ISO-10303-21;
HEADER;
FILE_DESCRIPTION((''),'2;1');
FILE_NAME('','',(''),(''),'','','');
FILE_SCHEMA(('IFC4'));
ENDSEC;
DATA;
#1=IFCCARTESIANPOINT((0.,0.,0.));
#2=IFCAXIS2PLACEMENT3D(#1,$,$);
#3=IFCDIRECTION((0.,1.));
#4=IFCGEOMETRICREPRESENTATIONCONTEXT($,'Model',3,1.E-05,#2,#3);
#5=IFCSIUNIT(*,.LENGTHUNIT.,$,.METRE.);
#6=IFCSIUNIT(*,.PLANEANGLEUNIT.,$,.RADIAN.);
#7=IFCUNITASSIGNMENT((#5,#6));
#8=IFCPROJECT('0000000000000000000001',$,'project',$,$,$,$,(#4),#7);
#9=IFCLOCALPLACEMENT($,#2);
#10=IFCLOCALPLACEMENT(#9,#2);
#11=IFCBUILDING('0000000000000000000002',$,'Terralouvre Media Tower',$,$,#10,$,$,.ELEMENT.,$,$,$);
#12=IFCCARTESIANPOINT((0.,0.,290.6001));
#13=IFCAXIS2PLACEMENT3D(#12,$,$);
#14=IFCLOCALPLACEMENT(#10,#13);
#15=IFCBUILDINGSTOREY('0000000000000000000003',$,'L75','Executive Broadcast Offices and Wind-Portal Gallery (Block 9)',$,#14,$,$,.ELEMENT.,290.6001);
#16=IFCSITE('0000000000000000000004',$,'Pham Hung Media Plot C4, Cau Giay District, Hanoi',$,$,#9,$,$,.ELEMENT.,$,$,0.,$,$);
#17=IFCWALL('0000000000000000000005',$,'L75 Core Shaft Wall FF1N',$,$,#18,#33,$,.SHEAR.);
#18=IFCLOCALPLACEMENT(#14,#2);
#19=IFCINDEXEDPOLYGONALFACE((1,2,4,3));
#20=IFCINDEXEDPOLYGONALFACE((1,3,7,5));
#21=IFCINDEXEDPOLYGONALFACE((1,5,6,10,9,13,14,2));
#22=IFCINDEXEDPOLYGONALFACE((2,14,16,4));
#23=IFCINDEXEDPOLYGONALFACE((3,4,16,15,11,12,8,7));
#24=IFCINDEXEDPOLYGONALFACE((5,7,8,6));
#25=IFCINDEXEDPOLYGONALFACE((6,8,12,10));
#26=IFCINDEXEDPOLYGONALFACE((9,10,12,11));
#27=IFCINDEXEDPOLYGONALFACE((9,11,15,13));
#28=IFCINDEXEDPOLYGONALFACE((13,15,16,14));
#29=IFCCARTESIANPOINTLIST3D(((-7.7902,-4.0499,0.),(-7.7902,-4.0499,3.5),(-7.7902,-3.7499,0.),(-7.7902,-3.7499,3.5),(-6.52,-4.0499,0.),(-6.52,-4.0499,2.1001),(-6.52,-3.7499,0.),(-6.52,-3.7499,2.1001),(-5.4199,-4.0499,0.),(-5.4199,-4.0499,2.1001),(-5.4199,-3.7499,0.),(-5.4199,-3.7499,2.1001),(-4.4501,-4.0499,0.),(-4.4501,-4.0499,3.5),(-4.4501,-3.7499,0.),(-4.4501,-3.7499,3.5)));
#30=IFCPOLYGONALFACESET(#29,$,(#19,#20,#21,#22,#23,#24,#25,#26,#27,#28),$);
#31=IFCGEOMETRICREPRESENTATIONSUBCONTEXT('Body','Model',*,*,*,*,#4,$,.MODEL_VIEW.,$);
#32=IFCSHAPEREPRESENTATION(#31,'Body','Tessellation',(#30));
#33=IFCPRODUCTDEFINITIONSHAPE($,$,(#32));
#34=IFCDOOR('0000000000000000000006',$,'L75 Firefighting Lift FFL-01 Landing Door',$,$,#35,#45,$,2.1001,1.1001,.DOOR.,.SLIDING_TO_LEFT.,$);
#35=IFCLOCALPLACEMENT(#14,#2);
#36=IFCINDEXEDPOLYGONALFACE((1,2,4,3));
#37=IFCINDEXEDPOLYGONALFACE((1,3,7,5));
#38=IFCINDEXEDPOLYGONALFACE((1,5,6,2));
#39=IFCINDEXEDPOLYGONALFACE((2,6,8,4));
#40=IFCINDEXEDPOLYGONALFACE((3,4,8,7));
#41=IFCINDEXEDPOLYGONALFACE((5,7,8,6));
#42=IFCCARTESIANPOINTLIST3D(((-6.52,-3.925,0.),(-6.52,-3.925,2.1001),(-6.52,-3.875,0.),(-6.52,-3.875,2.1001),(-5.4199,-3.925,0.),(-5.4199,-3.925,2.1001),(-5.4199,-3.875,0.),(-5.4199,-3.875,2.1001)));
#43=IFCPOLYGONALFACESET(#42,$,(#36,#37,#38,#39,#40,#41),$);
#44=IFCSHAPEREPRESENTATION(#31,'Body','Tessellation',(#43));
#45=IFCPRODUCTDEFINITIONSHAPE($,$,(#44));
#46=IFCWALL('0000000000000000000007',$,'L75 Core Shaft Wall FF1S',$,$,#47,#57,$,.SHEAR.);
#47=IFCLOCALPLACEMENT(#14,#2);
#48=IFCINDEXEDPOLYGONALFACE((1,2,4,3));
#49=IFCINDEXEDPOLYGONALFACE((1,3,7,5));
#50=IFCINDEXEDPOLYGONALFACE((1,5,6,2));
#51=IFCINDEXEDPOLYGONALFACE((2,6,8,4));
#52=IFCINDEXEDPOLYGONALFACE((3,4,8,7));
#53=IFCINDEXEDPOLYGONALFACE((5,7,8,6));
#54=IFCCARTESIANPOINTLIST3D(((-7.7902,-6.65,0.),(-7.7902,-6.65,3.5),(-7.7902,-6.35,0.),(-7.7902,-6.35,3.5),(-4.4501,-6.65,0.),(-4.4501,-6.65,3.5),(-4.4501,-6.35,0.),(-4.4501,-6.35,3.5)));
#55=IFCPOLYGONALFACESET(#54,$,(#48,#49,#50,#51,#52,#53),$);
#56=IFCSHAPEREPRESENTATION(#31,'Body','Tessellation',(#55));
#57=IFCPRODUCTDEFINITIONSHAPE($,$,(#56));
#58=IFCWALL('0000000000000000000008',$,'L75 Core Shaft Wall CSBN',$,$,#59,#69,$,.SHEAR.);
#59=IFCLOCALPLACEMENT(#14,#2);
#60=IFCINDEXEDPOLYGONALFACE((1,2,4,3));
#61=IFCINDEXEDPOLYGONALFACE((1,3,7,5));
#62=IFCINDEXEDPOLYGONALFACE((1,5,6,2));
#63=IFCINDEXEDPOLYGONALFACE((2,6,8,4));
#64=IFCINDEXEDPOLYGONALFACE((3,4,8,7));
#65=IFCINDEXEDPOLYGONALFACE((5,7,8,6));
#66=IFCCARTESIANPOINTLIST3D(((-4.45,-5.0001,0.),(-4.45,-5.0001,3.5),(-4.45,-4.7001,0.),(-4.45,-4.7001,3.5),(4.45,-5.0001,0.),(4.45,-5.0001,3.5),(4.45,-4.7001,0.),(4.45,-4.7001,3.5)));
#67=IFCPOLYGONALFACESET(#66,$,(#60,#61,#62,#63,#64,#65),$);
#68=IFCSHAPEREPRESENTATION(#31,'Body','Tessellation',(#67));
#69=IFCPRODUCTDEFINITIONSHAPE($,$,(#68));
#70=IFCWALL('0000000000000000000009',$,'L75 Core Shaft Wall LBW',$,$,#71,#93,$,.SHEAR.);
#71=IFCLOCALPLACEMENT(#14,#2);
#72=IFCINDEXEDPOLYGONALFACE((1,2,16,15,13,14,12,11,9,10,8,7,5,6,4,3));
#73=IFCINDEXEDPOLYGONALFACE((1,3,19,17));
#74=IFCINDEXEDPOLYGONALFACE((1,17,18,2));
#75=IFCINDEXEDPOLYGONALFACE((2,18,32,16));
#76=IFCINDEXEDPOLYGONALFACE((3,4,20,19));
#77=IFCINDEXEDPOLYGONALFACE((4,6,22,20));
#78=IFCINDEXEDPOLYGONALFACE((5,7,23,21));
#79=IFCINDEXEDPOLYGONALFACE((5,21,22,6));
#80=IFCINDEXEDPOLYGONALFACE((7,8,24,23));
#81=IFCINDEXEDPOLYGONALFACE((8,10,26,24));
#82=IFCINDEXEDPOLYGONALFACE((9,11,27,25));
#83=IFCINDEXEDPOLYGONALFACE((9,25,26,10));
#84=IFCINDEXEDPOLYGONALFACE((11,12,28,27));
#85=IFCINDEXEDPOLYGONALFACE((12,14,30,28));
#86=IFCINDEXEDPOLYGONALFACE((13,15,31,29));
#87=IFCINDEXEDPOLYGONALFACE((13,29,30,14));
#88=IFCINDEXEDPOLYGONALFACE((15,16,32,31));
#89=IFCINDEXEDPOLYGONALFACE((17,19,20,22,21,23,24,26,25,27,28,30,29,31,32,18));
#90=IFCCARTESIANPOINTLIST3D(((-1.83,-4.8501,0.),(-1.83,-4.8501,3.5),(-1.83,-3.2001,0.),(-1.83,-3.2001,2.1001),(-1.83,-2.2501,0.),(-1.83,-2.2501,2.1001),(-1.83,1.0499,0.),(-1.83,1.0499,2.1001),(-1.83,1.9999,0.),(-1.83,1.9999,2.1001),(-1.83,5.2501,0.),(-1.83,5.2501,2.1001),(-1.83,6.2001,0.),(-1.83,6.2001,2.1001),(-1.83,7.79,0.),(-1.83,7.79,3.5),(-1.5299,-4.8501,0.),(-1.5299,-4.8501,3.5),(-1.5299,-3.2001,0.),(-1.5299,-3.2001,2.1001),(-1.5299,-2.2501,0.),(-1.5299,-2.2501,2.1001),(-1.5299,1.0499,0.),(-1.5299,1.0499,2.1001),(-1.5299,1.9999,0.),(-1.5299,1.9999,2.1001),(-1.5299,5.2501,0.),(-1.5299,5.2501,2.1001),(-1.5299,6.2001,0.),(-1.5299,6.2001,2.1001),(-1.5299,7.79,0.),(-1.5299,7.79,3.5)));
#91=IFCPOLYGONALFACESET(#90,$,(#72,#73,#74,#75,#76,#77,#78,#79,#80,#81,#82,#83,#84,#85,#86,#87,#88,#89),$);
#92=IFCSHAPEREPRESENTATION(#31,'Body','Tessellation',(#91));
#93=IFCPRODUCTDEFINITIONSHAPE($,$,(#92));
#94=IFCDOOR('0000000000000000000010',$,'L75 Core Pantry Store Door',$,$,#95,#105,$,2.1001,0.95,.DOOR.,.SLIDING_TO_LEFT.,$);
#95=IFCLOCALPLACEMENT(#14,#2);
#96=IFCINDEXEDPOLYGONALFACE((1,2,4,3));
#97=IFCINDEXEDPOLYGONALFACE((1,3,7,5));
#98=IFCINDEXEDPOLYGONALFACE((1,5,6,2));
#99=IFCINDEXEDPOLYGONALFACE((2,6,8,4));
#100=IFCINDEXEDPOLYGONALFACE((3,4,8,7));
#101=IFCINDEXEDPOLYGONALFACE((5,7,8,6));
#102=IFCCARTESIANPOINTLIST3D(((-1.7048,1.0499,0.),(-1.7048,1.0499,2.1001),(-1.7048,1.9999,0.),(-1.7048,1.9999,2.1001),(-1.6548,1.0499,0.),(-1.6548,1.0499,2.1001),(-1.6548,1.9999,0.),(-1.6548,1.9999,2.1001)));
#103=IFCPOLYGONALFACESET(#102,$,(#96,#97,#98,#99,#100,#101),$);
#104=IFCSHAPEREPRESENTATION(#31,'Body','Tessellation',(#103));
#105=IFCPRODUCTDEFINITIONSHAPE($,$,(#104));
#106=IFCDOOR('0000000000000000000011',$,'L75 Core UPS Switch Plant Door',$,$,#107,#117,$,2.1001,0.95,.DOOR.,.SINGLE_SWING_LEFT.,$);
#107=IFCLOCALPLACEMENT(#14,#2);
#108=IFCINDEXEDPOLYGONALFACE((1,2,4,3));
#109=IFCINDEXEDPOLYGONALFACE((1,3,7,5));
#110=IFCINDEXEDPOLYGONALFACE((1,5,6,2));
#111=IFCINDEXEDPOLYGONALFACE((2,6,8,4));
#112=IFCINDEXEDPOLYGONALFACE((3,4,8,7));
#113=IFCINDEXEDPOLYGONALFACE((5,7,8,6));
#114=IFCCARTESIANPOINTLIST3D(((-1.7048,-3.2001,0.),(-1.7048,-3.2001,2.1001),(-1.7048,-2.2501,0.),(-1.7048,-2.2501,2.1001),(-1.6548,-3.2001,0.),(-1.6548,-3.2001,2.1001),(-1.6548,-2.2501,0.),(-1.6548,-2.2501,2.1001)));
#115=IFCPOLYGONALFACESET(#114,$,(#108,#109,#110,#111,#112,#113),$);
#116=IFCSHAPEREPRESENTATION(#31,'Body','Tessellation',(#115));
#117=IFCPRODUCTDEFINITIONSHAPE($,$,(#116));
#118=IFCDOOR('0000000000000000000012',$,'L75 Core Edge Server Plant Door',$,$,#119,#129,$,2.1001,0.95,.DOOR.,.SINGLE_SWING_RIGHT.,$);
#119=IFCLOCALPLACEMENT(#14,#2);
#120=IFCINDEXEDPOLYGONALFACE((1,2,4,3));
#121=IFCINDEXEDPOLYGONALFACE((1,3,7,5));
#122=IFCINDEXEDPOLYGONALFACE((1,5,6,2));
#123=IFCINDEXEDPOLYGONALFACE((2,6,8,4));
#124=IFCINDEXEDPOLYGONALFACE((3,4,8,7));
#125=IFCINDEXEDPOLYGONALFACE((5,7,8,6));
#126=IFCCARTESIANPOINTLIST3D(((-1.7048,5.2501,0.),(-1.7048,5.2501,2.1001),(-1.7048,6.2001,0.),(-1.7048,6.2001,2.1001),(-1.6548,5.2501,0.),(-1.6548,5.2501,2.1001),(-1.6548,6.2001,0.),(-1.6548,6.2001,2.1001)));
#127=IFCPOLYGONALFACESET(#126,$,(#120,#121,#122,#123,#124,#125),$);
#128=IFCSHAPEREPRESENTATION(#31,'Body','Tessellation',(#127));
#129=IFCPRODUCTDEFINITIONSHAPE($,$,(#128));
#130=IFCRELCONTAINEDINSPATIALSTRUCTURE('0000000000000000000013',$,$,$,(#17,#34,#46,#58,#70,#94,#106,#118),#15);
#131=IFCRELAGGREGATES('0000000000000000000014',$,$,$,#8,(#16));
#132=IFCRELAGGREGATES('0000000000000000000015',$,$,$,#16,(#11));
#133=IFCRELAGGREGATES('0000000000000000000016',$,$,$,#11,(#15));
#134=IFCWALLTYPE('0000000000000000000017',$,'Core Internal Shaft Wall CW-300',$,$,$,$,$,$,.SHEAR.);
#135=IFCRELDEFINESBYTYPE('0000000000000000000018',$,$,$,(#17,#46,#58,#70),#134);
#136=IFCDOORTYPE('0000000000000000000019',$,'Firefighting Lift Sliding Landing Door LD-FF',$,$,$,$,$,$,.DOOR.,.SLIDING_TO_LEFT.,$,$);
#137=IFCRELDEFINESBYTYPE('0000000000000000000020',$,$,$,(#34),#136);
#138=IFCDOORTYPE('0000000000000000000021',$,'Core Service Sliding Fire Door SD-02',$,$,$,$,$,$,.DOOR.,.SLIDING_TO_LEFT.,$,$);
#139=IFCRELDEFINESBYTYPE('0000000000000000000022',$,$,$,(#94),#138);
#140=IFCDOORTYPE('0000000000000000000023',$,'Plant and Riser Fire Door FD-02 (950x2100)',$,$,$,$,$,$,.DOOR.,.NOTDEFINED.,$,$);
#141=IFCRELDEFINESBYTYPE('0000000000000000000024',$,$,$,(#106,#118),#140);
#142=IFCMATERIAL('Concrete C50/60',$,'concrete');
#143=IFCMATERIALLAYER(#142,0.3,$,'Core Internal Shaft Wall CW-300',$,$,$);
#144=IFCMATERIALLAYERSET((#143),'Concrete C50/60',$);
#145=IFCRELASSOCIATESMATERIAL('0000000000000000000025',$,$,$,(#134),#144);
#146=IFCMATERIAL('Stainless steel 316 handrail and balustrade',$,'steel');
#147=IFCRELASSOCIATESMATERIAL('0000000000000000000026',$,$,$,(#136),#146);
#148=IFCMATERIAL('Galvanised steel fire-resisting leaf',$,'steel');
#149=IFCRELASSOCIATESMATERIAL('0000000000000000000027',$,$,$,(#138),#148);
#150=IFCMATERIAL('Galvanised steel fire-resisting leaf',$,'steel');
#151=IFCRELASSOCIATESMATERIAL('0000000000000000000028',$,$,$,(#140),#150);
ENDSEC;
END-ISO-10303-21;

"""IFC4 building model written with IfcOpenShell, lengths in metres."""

from ifc_helpers import new_model, si_unit, direction, frame, frame_2d, origin, place, context, subcontext, project, spatial, rectangle, extrude, material, layer, layer_set, type_object, element, fill, save


model = new_model("IFC4")

# Units and contexts
model_context = context("Model", 3, precision=1e-05, world=origin(), true_north=direction((0.0, 1.0)))
body_context = subcontext(model_context, "Body", "Model", "MODEL_VIEW")
ifc_project = project(units=[si_unit("LENGTHUNIT", "METRE"), si_unit("PLANEANGLEUNIT", "RADIAN")], contexts=[model_context])

# Site, building, storey
site_placement = place(None, origin())
site = spatial("IfcSite", under=ifc_project, at=site_placement, Name="Pham Hung Media Plot C4, Cau Giay District, Hanoi", CompositionType="ELEMENT", RefElevation=0.0)
building_placement = place(site_placement, origin())
building = spatial("IfcBuilding", under=site, at=building_placement, Name="Terralouvre Media Tower", CompositionType="ELEMENT")
storey_placement = place(building_placement, frame((0.0, 0.0, 290.6001)))
storey = spatial("IfcBuildingStorey", under=building, at=storey_placement, Name="L75", Description="Executive Broadcast Offices and Wind-Portal Gallery (Block 9)", CompositionType="ELEMENT", Elevation=290.6001)

# Shared definitions
ifc_material_1 = material(Name="Concrete C50/60", Category="concrete")
ifc_layer_1 = layer(ifc_material_1, 0.3, Name="Core Internal Shaft Wall CW-300")
ifc_layer_set_1 = layer_set([ifc_layer_1], Name="Concrete C50/60")
wall_type_1 = type_object("IfcWallType", Name="Core Internal Shaft Wall CW-300", PredefinedType="SHEAR", material=ifc_layer_set_1)

# Wall, opening, door
wall_1_placement = place(storey_placement, frame((-7.79, -3.8999, 0.0), z_axis=(0.0, 0.0, 1.0), x_axis=(1.0, 0.0, 0.0)))
wall_1 = element("IfcWall", 1, at=wall_1_placement, inside=storey, type_object=wall_type_1, Name="L75 Core Shaft Wall FF1N", PredefinedType="SHEAR", context=body_context, shape_type="SweptSolid", body=[
    extrude(rectangle(XDim=3.3401, YDim=0.3, at=frame_2d((1.6699, 0.0))), origin(), (0.0, 0.0, 1.0), 3.5),
])
opening_1_placement = place(wall_1_placement, frame((1.27, 0.0, 0.0)))
opening_1 = element("IfcOpeningElement", 2, at=opening_1_placement, cuts=wall_1, PredefinedType="OPENING", context=body_context, shape_type="SweptSolid", body=[
    extrude(rectangle(XDim=1.1001, YDim=2.1001, at=frame_2d((0.55, 1.05))), frame((0.0, 0.1599, 0.0), z_axis=(0.0, -1.0, 0.0), x_axis=(1.0, 0.0, 0.0)), (0.0, 0.0, 1.0), 0.3201),
])
ifc_material_2 = material(Name="Stainless steel 316 handrail and balustrade", Category="steel")
door_type_1 = type_object("IfcDoorType", Name="Firefighting Lift Sliding Landing Door LD-FF", OperationType="SLIDING_TO_LEFT", PredefinedType="DOOR", material=ifc_material_2)
door_1_placement = place(opening_1_placement, origin())
door_1 = element("IfcDoor", 3, at=door_1_placement, inside=storey, type_object=door_type_1, Name="L75 Firefighting Lift FFL-01 Landing Door", OperationType="SLIDING_TO_LEFT", OverallHeight=2.1001, OverallWidth=1.1001, PredefinedType="DOOR", context=body_context, shape_type="SweptSolid", body=[
    extrude(rectangle(XDim=1.1001, YDim=2.1001, at=frame_2d((0.55, 1.05))), frame((0.0, 0.0249, 0.0), z_axis=(0.0, -1.0, 0.0), x_axis=(1.0, 0.0, 0.0)), (0.0, 0.0, 1.0), 0.05),
])
fill(opening_1, door_1)

# Walls
wall_2_placement = place(storey_placement, frame((-7.79, -6.5, 0.0), z_axis=(0.0, 0.0, 1.0), x_axis=(1.0, 0.0, 0.0)))
element("IfcWall", 4, at=wall_2_placement, inside=storey, type_object=wall_type_1, Name="L75 Core Shaft Wall FF1S", PredefinedType="SHEAR", context=body_context, shape_type="SweptSolid", body=[
    extrude(rectangle(XDim=3.3401, YDim=0.3, at=frame_2d((1.6699, 0.0))), origin(), (0.0, 0.0, 1.0), 3.5),
])
wall_3_placement = place(storey_placement, frame((-4.45, -4.8501, 0.0), z_axis=(0.0, 0.0, 1.0), x_axis=(1.0, 0.0, 0.0)))
element("IfcWall", 5, at=wall_3_placement, inside=storey, type_object=wall_type_1, Name="L75 Core Shaft Wall CSBN", PredefinedType="SHEAR", context=body_context, shape_type="SweptSolid", body=[
    extrude(rectangle(XDim=8.8999, YDim=0.3, at=frame_2d((4.45, 0.0))), origin(), (0.0, 0.0, 1.0), 3.5),
])

# Wall, openings, doors
wall_4_placement = place(storey_placement, frame((-1.6799, -4.8501, 0.0), z_axis=(0.0, 0.0, 1.0), x_axis=(0.0, 1.0, 0.0)))
wall_4 = element("IfcWall", 6, at=wall_4_placement, inside=storey, type_object=wall_type_1, Name="L75 Core Shaft Wall LBW", PredefinedType="SHEAR", context=body_context, shape_type="SweptSolid", body=[
    extrude(rectangle(XDim=12.6401, YDim=0.3, at=frame_2d((6.3201, 0.0))), origin(), (0.0, 0.0, 1.0), 3.5),
])
opening_2_placement = place(wall_4_placement, frame((1.6499, 0.0, 0.0)))
opening_2 = element("IfcOpeningElement", 7, at=opening_2_placement, cuts=wall_4, PredefinedType="OPENING", context=body_context, shape_type="SweptSolid", body=[
    extrude(rectangle(XDim=0.95, YDim=2.1001, at=frame_2d((0.4751, 1.05))), frame((0.0, 0.1599, 0.0), z_axis=(0.0, -1.0, 0.0), x_axis=(1.0, 0.0, 0.0)), (0.0, 0.0, 1.0), 0.3201),
])
opening_3_placement = place(wall_4_placement, frame((5.8999, 0.0, 0.0)))
opening_3 = element("IfcOpeningElement", 8, at=opening_3_placement, cuts=wall_4, PredefinedType="OPENING", context=body_context, shape_type="SweptSolid", body=[
    extrude(rectangle(XDim=0.95, YDim=2.1001, at=frame_2d((0.4751, 1.05))), frame((0.0, 0.1599, 0.0), z_axis=(0.0, -1.0, 0.0), x_axis=(1.0, 0.0, 0.0)), (0.0, 0.0, 1.0), 0.3201),
])
opening_4_placement = place(wall_4_placement, frame((10.1001, 0.0, 0.0)))
opening_4 = element("IfcOpeningElement", 9, at=opening_4_placement, cuts=wall_4, PredefinedType="OPENING", context=body_context, shape_type="SweptSolid", body=[
    extrude(rectangle(XDim=0.95, YDim=2.1001, at=frame_2d((0.4751, 1.05))), frame((0.0, 0.1599, 0.0), z_axis=(0.0, -1.0, 0.0), x_axis=(1.0, 0.0, 0.0)), (0.0, 0.0, 1.0), 0.3201),
])
ifc_material_3 = material(Name="Galvanised steel fire-resisting leaf", Category="steel")
door_type_2 = type_object("IfcDoorType", Name="Core Service Sliding Fire Door SD-02", OperationType="SLIDING_TO_LEFT", PredefinedType="DOOR", material=ifc_material_3)
door_2_placement = place(opening_3_placement, origin())
door_2 = element("IfcDoor", 10, at=door_2_placement, inside=storey, type_object=door_type_2, Name="L75 Core Pantry Store Door", OperationType="SLIDING_TO_LEFT", OverallHeight=2.1001, OverallWidth=0.95, PredefinedType="DOOR", context=body_context, shape_type="SweptSolid", body=[
    extrude(rectangle(XDim=0.95, YDim=2.1001, at=frame_2d((0.4751, 1.05))), frame((0.0, 0.0249, 0.0), z_axis=(0.0, -1.0, 0.0), x_axis=(1.0, 0.0, 0.0)), (0.0, 0.0, 1.0), 0.05),
])
fill(opening_3, door_2)
ifc_material_4 = material(Name="Galvanised steel fire-resisting leaf", Category="steel")
door_type_3 = type_object("IfcDoorType", Name="Plant and Riser Fire Door FD-02 (950x2100)", OperationType="NOTDEFINED", PredefinedType="DOOR", material=ifc_material_4)
door_3_placement = place(opening_2_placement, origin())
door_3 = element("IfcDoor", 11, at=door_3_placement, inside=storey, type_object=door_type_3, Name="L75 Core UPS Switch Plant Door", OperationType="SINGLE_SWING_LEFT", OverallHeight=2.1001, OverallWidth=0.95, PredefinedType="DOOR", context=body_context, shape_type="SweptSolid", body=[
    extrude(rectangle(XDim=0.95, YDim=2.1001, at=frame_2d((0.4751, 1.05))), frame((0.0, 0.0249, 0.0), z_axis=(0.0, -1.0, 0.0), x_axis=(1.0, 0.0, 0.0)), (0.0, 0.0, 1.0), 0.05),
])
fill(opening_2, door_3)
door_4_placement = place(opening_4_placement, origin())
door_4 = element("IfcDoor", 12, at=door_4_placement, inside=storey, type_object=door_type_3, Name="L75 Core Edge Server Plant Door", OperationType="SINGLE_SWING_RIGHT", OverallHeight=2.1001, OverallWidth=0.95, PredefinedType="DOOR", context=body_context, shape_type="SweptSolid", body=[
    extrude(rectangle(XDim=0.95, YDim=2.1001, at=frame_2d((0.4751, 1.05))), frame((0.0, 0.0249, 0.0), z_axis=(0.0, -1.0, 0.0), x_axis=(1.0, 0.0, 0.0)), (0.0, 0.0, 1.0), 0.05),
])
fill(opening_4, door_4)

save(model, "model.ifc")
